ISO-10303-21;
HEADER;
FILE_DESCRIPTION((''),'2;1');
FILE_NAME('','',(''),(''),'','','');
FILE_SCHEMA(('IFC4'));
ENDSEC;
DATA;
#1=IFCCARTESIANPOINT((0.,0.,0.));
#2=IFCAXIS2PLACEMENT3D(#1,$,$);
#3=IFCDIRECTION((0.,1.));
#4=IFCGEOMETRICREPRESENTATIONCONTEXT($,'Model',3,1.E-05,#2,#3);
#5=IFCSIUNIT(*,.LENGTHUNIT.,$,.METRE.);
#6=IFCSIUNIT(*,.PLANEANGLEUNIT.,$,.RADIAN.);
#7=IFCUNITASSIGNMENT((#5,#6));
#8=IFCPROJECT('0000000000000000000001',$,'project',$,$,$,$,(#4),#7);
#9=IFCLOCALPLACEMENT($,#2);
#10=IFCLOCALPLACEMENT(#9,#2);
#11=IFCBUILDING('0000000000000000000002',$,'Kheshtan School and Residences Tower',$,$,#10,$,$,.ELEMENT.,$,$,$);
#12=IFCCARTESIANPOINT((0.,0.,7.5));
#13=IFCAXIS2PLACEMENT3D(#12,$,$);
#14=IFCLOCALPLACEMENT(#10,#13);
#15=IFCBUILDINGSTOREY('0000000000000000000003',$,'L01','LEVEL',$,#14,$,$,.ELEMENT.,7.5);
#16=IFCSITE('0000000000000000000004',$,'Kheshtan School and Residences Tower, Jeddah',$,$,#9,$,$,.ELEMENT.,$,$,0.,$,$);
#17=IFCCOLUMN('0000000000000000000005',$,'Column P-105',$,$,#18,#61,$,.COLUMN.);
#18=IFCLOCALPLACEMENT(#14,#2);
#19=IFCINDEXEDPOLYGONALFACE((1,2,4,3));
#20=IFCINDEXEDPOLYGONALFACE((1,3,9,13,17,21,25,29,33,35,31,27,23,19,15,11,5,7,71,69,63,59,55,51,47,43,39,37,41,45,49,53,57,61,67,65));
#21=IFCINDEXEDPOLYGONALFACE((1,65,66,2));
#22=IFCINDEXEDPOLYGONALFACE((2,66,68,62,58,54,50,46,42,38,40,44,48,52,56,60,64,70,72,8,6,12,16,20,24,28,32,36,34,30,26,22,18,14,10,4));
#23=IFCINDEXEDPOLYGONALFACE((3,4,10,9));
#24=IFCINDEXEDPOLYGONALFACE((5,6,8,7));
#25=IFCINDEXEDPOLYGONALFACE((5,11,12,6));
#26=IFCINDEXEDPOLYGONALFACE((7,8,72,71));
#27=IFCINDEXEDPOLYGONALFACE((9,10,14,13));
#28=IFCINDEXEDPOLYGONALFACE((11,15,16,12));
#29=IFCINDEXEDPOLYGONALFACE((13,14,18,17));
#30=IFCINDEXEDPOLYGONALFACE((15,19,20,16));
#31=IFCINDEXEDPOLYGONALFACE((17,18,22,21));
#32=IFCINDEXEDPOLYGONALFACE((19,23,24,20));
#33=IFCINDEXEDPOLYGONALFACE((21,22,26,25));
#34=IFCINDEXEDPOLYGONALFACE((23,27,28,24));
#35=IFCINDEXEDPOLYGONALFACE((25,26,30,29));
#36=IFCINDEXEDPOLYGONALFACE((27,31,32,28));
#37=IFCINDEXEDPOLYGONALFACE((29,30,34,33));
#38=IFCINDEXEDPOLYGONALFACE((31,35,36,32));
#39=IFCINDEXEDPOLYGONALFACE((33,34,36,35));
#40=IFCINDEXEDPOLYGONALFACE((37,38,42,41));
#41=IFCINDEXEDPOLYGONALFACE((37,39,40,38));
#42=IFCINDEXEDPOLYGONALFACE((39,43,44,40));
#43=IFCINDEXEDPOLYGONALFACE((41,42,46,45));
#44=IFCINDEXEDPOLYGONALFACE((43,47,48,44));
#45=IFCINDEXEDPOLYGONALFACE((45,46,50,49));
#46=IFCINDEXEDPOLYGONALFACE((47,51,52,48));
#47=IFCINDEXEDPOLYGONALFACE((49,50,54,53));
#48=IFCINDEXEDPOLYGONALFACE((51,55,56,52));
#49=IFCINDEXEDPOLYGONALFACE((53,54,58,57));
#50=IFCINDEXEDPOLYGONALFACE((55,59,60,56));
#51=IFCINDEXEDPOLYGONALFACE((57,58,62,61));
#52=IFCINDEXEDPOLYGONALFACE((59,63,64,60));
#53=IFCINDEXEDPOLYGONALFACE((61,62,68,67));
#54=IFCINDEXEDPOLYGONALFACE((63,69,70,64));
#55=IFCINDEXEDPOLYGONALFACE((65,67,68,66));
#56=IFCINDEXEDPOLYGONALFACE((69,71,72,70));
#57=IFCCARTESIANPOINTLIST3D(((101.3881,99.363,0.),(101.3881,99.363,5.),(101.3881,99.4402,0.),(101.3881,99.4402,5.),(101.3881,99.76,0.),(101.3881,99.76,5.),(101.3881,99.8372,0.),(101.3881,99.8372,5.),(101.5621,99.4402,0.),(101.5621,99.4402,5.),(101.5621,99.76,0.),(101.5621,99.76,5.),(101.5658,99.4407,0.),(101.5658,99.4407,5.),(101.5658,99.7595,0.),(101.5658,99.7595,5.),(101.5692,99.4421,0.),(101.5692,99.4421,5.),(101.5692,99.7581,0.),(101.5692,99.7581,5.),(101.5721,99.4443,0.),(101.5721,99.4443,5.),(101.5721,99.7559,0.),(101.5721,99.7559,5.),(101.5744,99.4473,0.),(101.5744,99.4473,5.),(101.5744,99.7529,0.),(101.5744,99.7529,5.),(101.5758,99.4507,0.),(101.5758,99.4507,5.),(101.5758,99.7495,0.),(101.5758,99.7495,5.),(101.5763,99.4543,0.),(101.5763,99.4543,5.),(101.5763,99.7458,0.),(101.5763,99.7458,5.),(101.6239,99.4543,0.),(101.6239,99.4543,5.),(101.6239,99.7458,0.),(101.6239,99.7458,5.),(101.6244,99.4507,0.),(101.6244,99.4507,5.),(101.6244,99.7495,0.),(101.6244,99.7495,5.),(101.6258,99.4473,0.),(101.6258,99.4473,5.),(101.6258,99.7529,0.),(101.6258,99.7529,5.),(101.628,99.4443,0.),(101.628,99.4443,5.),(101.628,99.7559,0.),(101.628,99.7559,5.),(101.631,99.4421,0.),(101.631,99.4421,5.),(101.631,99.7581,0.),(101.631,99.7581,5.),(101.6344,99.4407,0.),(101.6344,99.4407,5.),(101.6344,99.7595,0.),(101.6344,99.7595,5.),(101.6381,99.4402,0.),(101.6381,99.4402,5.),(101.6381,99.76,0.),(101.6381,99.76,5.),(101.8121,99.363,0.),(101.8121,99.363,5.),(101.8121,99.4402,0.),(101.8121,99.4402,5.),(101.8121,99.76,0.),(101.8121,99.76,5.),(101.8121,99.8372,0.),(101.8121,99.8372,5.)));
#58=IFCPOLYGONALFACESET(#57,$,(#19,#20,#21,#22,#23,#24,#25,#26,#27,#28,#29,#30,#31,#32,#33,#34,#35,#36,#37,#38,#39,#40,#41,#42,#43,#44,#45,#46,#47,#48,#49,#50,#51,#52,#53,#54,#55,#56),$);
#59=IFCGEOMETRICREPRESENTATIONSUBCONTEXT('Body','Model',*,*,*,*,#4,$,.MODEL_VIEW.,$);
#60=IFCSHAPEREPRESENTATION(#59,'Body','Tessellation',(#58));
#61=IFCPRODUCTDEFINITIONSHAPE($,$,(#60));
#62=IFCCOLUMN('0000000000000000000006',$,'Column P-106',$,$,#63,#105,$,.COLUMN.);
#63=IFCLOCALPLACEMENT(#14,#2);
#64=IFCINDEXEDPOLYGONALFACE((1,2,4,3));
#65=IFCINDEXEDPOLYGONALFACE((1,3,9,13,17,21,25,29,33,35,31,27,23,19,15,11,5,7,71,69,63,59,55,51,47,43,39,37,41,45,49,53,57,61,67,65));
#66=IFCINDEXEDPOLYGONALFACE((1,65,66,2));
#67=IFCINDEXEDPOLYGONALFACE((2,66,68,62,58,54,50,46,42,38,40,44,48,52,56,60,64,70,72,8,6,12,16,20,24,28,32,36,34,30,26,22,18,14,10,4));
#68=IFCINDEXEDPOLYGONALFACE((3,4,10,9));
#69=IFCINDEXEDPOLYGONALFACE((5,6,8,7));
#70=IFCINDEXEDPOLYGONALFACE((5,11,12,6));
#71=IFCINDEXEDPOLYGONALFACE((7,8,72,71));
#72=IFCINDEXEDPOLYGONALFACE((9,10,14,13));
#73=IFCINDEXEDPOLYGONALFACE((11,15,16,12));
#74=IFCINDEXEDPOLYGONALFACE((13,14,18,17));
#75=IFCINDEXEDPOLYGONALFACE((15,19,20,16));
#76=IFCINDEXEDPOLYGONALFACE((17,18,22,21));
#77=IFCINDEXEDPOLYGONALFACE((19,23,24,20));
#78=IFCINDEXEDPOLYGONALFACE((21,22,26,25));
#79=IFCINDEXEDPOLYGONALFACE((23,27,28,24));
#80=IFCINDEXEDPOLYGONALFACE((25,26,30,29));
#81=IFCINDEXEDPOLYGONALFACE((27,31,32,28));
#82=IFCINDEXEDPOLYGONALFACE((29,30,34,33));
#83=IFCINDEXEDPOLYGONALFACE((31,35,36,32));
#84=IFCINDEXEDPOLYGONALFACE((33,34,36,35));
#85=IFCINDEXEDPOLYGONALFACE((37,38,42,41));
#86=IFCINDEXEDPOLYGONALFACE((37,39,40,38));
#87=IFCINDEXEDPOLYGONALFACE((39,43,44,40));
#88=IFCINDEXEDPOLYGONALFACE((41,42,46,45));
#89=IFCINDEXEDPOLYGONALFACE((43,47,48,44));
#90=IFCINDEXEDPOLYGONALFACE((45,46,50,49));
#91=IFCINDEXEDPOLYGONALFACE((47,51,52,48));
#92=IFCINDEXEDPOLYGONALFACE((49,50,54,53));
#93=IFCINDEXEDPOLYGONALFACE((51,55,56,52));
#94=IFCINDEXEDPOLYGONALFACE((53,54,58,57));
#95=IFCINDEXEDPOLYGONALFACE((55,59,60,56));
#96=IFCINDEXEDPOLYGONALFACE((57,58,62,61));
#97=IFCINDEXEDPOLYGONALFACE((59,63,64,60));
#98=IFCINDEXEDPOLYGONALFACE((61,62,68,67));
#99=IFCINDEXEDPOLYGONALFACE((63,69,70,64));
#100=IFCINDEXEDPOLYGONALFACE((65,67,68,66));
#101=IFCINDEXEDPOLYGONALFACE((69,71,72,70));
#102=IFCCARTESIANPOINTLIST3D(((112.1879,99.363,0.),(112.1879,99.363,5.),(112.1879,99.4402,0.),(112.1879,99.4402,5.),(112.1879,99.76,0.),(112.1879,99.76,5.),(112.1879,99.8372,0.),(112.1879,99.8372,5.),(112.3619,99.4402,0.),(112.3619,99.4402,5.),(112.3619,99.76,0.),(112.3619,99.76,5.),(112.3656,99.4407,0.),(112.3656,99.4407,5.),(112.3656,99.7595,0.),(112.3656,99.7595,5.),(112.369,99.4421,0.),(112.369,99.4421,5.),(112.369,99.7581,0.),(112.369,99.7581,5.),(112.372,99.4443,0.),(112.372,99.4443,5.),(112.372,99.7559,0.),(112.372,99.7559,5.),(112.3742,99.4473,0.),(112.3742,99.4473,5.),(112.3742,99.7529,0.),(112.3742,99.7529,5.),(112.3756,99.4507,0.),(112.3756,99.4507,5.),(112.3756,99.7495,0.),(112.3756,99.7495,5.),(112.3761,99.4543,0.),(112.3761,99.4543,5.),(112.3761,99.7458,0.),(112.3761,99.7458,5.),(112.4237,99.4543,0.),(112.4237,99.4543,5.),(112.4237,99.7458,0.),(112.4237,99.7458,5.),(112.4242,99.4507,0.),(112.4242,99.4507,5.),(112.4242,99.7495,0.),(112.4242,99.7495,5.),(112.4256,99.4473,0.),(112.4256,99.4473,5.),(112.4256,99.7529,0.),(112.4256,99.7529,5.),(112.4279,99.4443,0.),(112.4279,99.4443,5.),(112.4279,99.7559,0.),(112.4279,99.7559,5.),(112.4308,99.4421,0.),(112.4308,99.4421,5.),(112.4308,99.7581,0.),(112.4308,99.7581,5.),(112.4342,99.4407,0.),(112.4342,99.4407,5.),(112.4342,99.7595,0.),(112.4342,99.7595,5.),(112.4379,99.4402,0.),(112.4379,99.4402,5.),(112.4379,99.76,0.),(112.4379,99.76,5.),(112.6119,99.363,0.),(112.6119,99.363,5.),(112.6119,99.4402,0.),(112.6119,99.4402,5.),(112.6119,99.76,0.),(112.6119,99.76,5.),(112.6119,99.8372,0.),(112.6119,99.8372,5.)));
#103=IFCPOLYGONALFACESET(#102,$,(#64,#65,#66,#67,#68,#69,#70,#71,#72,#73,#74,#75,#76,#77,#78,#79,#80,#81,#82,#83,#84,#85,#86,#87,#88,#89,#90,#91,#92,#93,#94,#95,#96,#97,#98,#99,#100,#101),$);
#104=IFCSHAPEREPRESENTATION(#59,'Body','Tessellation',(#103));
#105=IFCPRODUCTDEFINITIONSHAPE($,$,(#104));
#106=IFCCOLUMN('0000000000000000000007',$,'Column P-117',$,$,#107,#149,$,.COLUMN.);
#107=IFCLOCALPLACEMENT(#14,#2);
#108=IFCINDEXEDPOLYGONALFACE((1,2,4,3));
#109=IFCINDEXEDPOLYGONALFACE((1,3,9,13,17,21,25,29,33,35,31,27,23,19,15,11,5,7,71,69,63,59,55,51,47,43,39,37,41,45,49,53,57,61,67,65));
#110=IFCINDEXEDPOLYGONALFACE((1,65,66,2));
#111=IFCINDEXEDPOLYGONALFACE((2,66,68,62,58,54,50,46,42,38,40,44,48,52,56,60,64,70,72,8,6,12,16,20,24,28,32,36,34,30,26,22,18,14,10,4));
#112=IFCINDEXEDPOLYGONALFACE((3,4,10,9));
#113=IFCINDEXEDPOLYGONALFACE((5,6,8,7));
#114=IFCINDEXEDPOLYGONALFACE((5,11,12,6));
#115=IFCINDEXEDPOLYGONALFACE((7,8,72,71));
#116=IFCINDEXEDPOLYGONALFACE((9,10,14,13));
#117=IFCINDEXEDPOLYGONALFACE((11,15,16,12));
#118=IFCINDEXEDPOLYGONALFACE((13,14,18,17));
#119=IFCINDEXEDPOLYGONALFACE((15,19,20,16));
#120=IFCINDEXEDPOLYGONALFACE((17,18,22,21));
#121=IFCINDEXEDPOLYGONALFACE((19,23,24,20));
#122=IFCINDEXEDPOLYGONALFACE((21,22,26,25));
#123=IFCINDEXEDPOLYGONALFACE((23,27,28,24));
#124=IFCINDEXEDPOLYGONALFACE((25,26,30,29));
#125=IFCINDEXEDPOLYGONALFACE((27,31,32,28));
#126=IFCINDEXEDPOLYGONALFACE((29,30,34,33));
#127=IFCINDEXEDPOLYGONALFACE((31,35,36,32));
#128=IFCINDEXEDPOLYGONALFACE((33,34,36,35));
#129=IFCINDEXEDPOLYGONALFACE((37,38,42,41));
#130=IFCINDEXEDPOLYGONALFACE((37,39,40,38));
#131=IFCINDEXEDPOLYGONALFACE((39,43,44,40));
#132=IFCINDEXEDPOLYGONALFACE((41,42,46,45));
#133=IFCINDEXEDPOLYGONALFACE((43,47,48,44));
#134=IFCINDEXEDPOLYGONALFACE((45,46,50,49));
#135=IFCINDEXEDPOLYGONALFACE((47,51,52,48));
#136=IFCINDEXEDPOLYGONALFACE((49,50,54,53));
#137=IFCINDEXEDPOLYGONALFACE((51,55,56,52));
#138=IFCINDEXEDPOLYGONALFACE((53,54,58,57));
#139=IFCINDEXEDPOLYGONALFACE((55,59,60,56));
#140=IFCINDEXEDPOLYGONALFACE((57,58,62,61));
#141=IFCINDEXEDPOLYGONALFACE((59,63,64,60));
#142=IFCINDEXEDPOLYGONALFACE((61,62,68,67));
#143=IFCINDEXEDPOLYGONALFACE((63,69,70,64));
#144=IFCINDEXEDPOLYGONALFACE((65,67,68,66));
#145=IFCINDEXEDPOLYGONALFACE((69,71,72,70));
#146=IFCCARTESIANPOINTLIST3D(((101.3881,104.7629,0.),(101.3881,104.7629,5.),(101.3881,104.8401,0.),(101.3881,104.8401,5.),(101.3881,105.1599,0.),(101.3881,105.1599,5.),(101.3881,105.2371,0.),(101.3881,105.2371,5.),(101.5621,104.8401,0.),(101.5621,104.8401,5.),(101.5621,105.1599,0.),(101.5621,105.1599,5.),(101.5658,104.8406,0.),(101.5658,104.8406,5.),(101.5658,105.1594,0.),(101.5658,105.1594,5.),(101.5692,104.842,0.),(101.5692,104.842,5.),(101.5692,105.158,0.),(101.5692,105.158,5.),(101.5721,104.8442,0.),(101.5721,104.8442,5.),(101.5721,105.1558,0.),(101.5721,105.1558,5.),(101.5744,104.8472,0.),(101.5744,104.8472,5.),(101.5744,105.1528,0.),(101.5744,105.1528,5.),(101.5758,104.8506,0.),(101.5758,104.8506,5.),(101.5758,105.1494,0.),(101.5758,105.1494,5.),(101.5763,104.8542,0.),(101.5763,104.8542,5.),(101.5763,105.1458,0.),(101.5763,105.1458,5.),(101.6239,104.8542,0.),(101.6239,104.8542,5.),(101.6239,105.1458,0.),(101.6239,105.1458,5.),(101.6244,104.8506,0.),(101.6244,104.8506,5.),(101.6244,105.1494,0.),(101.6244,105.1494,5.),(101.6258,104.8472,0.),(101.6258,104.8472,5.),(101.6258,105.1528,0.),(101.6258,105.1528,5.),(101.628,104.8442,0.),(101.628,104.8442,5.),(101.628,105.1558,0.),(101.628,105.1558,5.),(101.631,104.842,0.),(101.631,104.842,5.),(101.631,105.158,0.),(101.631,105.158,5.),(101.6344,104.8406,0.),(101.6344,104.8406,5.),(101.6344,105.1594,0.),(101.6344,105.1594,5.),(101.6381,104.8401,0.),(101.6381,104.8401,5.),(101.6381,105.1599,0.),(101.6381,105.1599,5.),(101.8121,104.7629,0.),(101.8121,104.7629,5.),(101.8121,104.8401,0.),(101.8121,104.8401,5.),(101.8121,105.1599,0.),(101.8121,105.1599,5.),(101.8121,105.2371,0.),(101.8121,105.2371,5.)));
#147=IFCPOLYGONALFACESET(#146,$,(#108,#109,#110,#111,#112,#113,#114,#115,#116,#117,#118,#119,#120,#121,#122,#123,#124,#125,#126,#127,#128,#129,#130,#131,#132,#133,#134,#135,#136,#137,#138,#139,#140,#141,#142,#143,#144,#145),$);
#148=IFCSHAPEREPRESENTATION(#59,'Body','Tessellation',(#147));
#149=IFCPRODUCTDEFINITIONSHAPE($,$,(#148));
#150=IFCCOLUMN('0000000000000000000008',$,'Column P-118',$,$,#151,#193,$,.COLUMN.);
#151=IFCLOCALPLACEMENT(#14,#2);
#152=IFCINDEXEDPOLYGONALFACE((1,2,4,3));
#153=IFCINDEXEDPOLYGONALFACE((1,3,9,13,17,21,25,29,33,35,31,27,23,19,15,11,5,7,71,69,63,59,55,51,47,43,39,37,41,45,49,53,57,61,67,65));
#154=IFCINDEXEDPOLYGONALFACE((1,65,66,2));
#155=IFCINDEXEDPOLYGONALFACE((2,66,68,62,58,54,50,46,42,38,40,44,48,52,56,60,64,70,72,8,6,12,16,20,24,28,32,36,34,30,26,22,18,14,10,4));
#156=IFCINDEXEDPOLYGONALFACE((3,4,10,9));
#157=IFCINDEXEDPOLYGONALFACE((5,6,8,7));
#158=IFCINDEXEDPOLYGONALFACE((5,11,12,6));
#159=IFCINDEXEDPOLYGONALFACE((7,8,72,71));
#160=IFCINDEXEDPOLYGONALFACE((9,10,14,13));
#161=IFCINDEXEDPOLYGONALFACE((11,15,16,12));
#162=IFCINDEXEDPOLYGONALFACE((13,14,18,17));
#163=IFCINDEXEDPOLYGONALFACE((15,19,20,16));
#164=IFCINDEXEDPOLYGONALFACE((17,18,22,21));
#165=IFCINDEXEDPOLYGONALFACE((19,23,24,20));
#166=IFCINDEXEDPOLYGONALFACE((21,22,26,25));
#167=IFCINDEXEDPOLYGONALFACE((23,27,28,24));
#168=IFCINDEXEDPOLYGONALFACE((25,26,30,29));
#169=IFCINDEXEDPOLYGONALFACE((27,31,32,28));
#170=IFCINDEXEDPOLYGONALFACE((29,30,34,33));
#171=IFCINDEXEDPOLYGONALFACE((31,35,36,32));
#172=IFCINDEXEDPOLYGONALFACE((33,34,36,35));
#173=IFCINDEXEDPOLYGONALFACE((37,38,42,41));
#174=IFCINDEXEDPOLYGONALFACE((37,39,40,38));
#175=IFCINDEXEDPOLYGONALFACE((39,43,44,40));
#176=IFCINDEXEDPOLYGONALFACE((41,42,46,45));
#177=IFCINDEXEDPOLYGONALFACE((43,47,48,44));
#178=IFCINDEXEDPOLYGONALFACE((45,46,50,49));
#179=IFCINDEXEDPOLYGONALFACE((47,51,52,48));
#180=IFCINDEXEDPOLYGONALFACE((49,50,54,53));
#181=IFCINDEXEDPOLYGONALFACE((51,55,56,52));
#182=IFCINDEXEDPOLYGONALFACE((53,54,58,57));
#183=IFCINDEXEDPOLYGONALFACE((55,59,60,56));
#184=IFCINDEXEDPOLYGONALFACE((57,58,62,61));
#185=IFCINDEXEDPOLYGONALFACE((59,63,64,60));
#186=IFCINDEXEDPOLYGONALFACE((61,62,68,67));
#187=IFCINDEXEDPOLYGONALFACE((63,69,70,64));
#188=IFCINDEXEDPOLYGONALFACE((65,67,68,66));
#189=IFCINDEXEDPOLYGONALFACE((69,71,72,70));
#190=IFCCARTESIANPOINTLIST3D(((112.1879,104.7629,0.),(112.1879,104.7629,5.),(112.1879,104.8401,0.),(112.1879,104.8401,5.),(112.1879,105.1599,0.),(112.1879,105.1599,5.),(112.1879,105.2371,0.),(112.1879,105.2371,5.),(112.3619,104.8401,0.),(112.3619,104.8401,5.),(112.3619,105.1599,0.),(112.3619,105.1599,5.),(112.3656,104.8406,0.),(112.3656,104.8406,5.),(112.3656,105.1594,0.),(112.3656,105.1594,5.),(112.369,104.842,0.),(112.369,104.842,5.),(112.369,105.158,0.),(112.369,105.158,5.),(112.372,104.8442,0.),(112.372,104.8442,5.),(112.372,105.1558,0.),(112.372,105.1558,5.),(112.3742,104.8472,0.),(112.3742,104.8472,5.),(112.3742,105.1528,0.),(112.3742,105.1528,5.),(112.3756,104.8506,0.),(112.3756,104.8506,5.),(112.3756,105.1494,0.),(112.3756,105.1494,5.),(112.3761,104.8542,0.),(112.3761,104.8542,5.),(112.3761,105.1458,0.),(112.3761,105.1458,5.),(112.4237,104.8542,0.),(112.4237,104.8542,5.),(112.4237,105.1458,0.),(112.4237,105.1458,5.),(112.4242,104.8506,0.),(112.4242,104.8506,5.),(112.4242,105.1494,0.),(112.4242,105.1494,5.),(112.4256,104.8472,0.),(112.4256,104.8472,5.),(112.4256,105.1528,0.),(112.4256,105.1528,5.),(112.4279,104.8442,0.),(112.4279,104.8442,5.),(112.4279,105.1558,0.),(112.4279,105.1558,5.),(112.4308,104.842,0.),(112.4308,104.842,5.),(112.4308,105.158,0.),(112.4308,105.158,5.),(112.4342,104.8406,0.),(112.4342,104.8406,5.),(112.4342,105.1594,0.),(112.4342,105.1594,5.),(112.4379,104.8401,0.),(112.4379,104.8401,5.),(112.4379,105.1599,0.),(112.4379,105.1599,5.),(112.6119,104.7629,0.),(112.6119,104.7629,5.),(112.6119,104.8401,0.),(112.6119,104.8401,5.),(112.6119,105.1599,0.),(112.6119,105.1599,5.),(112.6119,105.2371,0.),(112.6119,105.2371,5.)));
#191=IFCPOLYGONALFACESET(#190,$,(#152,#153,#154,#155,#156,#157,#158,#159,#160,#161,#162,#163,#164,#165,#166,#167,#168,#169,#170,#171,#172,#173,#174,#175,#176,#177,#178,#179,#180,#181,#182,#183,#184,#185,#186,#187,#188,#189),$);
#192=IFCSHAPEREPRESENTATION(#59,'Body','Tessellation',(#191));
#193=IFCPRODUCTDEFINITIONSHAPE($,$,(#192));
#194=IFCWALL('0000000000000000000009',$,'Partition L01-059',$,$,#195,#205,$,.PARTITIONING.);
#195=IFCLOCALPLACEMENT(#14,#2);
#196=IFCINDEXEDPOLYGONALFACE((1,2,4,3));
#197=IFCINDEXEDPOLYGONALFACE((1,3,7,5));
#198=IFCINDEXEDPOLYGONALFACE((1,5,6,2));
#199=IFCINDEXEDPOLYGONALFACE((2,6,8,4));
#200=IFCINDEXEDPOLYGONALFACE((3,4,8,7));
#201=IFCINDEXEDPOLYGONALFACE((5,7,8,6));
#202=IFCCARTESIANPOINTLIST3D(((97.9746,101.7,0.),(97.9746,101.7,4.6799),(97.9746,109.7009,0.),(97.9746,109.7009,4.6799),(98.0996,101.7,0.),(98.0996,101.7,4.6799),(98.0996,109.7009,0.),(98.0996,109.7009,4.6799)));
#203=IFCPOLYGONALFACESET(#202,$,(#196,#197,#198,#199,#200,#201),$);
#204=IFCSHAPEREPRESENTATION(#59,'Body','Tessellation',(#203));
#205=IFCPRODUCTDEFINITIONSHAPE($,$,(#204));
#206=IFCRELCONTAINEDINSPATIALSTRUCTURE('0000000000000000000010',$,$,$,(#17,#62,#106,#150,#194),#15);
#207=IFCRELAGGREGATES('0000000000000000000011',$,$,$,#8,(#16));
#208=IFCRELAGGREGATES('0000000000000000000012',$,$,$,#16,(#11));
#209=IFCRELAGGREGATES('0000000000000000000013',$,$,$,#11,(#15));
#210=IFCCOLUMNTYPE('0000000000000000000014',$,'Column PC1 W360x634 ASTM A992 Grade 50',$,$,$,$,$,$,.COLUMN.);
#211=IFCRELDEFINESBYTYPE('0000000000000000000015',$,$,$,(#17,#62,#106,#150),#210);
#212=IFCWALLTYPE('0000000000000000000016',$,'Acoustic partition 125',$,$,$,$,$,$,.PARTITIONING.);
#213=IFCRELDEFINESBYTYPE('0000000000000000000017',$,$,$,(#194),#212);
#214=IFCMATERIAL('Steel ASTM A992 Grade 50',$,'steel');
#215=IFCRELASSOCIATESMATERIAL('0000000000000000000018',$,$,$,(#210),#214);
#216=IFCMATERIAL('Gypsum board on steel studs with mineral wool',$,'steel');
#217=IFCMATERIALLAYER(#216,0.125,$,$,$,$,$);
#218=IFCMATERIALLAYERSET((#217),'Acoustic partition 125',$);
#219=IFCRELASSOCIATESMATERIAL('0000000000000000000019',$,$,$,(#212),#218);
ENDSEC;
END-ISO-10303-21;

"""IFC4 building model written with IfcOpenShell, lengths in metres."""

from ifc_helpers import new_model, si_unit, direction, frame, frame_2d, origin, origin_2d, place, context, subcontext, project, spatial, rectangle, i_section, extrude, material, layer, layer_set, material_profile, profile_set, type_object, element, save


model = new_model("IFC4")

# Units and contexts
model_context = context("Model", 3, precision=1e-05, world=origin(), true_north=direction((0.0, 1.0)))
body_context = subcontext(model_context, "Body", "Model", "MODEL_VIEW")
ifc_project = project(units=[si_unit("LENGTHUNIT", "METRE"), si_unit("PLANEANGLEUNIT", "RADIAN")], contexts=[model_context])

# Site, building, storey
site_placement = place(None, origin())
site = spatial("IfcSite", under=ifc_project, at=site_placement, Name="Kheshtan School and Residences Tower, Jeddah", CompositionType="ELEMENT", RefElevation=0.0)
building_placement = place(site_placement, origin())
building = spatial("IfcBuilding", under=site, at=building_placement, Name="Kheshtan School and Residences Tower", CompositionType="ELEMENT")
storey_placement = place(building_placement, frame((0.0, 0.0, 7.5)))
storey = spatial("IfcBuildingStorey", under=building, at=storey_placement, Name="L01", Description="LEVEL", CompositionType="ELEMENT", Elevation=7.5)

# Columns
ifc_material_1 = material(Name="Steel ASTM A992 Grade 50", Category="steel")
ifc_material_profile = material_profile(ifc_material_1, i_section(OverallWidth=0.4241, OverallDepth=0.4741, WebThickness=0.0476, FlangeThickness=0.0771, FilletRadius=0.0142, at=origin_2d()), Name="W360x634")
ifc_profile_set = profile_set([ifc_material_profile], Name="Steel ASTM A992 Grade 50")
column_type = type_object("IfcColumnType", Name="Column PC1 W360x634 ASTM A992 Grade 50", PredefinedType="COLUMN", material=ifc_profile_set)
for number, where, z_axis, x_axis, name in (
    (1, (101.6001, 99.6001, 0.0), (0.0, 0.0, 1.0), (1.0, 0.0, 0.0), "Column P-105"),
    (2, (112.3999, 99.6001, 0.0), (0.0, 0.0, 1.0), (1.0, 0.0, 0.0), "Column P-106"),
    (3, (101.6001, 105.0, 0.0), (0.0, 0.0, 1.0), (1.0, 0.0, 0.0), "Column P-117"),
    (4, (112.3999, 105.0, 0.0), (0.0, 0.0, 1.0), (1.0, 0.0, 0.0), "Column P-118"),
):
    element("IfcColumn", number, at=place(storey_placement, frame(where, z_axis=z_axis, x_axis=x_axis)), inside=storey, type_object=column_type, Name=name, PredefinedType="COLUMN", context=body_context, shape_type="SweptSolid", body=[
        extrude(i_section(OverallWidth=0.4241, OverallDepth=0.4741, WebThickness=0.0476, FlangeThickness=0.0771, FilletRadius=0.0142, at=origin_2d()), origin(), (0.0, 0.0, 1.0), 5.0),
    ])

# Wall
ifc_material_2 = material(Name="Gypsum board on steel studs with mineral wool", Category="steel")
ifc_layer_1 = layer(ifc_material_2, 0.125)
ifc_layer_set_1 = layer_set([ifc_layer_1], Name="Acoustic partition 125")
wall_type_1 = type_object("IfcWallType", Name="Acoustic partition 125", PredefinedType="PARTITIONING", material=ifc_layer_set_1)
for number, where, z_axis, x_axis, name in (
    (5, (98.0371, 101.7, 0.0), (0.0, 0.0, 1.0), (0.0, 1.0, 0.0), "Partition L01-059"),
):
    element("IfcWall", number, at=place(storey_placement, frame(where, z_axis=z_axis, x_axis=x_axis)), inside=storey, type_object=wall_type_1, Name=name, PredefinedType="PARTITIONING", context=body_context, shape_type="SweptSolid", body=[
        extrude(rectangle(XDim=8.001, YDim=0.125, at=frame_2d((4.0005, 0.0))), origin(), (0.0, 0.0, 1.0), 4.6799),
    ])

save(model, "model.ifc")
